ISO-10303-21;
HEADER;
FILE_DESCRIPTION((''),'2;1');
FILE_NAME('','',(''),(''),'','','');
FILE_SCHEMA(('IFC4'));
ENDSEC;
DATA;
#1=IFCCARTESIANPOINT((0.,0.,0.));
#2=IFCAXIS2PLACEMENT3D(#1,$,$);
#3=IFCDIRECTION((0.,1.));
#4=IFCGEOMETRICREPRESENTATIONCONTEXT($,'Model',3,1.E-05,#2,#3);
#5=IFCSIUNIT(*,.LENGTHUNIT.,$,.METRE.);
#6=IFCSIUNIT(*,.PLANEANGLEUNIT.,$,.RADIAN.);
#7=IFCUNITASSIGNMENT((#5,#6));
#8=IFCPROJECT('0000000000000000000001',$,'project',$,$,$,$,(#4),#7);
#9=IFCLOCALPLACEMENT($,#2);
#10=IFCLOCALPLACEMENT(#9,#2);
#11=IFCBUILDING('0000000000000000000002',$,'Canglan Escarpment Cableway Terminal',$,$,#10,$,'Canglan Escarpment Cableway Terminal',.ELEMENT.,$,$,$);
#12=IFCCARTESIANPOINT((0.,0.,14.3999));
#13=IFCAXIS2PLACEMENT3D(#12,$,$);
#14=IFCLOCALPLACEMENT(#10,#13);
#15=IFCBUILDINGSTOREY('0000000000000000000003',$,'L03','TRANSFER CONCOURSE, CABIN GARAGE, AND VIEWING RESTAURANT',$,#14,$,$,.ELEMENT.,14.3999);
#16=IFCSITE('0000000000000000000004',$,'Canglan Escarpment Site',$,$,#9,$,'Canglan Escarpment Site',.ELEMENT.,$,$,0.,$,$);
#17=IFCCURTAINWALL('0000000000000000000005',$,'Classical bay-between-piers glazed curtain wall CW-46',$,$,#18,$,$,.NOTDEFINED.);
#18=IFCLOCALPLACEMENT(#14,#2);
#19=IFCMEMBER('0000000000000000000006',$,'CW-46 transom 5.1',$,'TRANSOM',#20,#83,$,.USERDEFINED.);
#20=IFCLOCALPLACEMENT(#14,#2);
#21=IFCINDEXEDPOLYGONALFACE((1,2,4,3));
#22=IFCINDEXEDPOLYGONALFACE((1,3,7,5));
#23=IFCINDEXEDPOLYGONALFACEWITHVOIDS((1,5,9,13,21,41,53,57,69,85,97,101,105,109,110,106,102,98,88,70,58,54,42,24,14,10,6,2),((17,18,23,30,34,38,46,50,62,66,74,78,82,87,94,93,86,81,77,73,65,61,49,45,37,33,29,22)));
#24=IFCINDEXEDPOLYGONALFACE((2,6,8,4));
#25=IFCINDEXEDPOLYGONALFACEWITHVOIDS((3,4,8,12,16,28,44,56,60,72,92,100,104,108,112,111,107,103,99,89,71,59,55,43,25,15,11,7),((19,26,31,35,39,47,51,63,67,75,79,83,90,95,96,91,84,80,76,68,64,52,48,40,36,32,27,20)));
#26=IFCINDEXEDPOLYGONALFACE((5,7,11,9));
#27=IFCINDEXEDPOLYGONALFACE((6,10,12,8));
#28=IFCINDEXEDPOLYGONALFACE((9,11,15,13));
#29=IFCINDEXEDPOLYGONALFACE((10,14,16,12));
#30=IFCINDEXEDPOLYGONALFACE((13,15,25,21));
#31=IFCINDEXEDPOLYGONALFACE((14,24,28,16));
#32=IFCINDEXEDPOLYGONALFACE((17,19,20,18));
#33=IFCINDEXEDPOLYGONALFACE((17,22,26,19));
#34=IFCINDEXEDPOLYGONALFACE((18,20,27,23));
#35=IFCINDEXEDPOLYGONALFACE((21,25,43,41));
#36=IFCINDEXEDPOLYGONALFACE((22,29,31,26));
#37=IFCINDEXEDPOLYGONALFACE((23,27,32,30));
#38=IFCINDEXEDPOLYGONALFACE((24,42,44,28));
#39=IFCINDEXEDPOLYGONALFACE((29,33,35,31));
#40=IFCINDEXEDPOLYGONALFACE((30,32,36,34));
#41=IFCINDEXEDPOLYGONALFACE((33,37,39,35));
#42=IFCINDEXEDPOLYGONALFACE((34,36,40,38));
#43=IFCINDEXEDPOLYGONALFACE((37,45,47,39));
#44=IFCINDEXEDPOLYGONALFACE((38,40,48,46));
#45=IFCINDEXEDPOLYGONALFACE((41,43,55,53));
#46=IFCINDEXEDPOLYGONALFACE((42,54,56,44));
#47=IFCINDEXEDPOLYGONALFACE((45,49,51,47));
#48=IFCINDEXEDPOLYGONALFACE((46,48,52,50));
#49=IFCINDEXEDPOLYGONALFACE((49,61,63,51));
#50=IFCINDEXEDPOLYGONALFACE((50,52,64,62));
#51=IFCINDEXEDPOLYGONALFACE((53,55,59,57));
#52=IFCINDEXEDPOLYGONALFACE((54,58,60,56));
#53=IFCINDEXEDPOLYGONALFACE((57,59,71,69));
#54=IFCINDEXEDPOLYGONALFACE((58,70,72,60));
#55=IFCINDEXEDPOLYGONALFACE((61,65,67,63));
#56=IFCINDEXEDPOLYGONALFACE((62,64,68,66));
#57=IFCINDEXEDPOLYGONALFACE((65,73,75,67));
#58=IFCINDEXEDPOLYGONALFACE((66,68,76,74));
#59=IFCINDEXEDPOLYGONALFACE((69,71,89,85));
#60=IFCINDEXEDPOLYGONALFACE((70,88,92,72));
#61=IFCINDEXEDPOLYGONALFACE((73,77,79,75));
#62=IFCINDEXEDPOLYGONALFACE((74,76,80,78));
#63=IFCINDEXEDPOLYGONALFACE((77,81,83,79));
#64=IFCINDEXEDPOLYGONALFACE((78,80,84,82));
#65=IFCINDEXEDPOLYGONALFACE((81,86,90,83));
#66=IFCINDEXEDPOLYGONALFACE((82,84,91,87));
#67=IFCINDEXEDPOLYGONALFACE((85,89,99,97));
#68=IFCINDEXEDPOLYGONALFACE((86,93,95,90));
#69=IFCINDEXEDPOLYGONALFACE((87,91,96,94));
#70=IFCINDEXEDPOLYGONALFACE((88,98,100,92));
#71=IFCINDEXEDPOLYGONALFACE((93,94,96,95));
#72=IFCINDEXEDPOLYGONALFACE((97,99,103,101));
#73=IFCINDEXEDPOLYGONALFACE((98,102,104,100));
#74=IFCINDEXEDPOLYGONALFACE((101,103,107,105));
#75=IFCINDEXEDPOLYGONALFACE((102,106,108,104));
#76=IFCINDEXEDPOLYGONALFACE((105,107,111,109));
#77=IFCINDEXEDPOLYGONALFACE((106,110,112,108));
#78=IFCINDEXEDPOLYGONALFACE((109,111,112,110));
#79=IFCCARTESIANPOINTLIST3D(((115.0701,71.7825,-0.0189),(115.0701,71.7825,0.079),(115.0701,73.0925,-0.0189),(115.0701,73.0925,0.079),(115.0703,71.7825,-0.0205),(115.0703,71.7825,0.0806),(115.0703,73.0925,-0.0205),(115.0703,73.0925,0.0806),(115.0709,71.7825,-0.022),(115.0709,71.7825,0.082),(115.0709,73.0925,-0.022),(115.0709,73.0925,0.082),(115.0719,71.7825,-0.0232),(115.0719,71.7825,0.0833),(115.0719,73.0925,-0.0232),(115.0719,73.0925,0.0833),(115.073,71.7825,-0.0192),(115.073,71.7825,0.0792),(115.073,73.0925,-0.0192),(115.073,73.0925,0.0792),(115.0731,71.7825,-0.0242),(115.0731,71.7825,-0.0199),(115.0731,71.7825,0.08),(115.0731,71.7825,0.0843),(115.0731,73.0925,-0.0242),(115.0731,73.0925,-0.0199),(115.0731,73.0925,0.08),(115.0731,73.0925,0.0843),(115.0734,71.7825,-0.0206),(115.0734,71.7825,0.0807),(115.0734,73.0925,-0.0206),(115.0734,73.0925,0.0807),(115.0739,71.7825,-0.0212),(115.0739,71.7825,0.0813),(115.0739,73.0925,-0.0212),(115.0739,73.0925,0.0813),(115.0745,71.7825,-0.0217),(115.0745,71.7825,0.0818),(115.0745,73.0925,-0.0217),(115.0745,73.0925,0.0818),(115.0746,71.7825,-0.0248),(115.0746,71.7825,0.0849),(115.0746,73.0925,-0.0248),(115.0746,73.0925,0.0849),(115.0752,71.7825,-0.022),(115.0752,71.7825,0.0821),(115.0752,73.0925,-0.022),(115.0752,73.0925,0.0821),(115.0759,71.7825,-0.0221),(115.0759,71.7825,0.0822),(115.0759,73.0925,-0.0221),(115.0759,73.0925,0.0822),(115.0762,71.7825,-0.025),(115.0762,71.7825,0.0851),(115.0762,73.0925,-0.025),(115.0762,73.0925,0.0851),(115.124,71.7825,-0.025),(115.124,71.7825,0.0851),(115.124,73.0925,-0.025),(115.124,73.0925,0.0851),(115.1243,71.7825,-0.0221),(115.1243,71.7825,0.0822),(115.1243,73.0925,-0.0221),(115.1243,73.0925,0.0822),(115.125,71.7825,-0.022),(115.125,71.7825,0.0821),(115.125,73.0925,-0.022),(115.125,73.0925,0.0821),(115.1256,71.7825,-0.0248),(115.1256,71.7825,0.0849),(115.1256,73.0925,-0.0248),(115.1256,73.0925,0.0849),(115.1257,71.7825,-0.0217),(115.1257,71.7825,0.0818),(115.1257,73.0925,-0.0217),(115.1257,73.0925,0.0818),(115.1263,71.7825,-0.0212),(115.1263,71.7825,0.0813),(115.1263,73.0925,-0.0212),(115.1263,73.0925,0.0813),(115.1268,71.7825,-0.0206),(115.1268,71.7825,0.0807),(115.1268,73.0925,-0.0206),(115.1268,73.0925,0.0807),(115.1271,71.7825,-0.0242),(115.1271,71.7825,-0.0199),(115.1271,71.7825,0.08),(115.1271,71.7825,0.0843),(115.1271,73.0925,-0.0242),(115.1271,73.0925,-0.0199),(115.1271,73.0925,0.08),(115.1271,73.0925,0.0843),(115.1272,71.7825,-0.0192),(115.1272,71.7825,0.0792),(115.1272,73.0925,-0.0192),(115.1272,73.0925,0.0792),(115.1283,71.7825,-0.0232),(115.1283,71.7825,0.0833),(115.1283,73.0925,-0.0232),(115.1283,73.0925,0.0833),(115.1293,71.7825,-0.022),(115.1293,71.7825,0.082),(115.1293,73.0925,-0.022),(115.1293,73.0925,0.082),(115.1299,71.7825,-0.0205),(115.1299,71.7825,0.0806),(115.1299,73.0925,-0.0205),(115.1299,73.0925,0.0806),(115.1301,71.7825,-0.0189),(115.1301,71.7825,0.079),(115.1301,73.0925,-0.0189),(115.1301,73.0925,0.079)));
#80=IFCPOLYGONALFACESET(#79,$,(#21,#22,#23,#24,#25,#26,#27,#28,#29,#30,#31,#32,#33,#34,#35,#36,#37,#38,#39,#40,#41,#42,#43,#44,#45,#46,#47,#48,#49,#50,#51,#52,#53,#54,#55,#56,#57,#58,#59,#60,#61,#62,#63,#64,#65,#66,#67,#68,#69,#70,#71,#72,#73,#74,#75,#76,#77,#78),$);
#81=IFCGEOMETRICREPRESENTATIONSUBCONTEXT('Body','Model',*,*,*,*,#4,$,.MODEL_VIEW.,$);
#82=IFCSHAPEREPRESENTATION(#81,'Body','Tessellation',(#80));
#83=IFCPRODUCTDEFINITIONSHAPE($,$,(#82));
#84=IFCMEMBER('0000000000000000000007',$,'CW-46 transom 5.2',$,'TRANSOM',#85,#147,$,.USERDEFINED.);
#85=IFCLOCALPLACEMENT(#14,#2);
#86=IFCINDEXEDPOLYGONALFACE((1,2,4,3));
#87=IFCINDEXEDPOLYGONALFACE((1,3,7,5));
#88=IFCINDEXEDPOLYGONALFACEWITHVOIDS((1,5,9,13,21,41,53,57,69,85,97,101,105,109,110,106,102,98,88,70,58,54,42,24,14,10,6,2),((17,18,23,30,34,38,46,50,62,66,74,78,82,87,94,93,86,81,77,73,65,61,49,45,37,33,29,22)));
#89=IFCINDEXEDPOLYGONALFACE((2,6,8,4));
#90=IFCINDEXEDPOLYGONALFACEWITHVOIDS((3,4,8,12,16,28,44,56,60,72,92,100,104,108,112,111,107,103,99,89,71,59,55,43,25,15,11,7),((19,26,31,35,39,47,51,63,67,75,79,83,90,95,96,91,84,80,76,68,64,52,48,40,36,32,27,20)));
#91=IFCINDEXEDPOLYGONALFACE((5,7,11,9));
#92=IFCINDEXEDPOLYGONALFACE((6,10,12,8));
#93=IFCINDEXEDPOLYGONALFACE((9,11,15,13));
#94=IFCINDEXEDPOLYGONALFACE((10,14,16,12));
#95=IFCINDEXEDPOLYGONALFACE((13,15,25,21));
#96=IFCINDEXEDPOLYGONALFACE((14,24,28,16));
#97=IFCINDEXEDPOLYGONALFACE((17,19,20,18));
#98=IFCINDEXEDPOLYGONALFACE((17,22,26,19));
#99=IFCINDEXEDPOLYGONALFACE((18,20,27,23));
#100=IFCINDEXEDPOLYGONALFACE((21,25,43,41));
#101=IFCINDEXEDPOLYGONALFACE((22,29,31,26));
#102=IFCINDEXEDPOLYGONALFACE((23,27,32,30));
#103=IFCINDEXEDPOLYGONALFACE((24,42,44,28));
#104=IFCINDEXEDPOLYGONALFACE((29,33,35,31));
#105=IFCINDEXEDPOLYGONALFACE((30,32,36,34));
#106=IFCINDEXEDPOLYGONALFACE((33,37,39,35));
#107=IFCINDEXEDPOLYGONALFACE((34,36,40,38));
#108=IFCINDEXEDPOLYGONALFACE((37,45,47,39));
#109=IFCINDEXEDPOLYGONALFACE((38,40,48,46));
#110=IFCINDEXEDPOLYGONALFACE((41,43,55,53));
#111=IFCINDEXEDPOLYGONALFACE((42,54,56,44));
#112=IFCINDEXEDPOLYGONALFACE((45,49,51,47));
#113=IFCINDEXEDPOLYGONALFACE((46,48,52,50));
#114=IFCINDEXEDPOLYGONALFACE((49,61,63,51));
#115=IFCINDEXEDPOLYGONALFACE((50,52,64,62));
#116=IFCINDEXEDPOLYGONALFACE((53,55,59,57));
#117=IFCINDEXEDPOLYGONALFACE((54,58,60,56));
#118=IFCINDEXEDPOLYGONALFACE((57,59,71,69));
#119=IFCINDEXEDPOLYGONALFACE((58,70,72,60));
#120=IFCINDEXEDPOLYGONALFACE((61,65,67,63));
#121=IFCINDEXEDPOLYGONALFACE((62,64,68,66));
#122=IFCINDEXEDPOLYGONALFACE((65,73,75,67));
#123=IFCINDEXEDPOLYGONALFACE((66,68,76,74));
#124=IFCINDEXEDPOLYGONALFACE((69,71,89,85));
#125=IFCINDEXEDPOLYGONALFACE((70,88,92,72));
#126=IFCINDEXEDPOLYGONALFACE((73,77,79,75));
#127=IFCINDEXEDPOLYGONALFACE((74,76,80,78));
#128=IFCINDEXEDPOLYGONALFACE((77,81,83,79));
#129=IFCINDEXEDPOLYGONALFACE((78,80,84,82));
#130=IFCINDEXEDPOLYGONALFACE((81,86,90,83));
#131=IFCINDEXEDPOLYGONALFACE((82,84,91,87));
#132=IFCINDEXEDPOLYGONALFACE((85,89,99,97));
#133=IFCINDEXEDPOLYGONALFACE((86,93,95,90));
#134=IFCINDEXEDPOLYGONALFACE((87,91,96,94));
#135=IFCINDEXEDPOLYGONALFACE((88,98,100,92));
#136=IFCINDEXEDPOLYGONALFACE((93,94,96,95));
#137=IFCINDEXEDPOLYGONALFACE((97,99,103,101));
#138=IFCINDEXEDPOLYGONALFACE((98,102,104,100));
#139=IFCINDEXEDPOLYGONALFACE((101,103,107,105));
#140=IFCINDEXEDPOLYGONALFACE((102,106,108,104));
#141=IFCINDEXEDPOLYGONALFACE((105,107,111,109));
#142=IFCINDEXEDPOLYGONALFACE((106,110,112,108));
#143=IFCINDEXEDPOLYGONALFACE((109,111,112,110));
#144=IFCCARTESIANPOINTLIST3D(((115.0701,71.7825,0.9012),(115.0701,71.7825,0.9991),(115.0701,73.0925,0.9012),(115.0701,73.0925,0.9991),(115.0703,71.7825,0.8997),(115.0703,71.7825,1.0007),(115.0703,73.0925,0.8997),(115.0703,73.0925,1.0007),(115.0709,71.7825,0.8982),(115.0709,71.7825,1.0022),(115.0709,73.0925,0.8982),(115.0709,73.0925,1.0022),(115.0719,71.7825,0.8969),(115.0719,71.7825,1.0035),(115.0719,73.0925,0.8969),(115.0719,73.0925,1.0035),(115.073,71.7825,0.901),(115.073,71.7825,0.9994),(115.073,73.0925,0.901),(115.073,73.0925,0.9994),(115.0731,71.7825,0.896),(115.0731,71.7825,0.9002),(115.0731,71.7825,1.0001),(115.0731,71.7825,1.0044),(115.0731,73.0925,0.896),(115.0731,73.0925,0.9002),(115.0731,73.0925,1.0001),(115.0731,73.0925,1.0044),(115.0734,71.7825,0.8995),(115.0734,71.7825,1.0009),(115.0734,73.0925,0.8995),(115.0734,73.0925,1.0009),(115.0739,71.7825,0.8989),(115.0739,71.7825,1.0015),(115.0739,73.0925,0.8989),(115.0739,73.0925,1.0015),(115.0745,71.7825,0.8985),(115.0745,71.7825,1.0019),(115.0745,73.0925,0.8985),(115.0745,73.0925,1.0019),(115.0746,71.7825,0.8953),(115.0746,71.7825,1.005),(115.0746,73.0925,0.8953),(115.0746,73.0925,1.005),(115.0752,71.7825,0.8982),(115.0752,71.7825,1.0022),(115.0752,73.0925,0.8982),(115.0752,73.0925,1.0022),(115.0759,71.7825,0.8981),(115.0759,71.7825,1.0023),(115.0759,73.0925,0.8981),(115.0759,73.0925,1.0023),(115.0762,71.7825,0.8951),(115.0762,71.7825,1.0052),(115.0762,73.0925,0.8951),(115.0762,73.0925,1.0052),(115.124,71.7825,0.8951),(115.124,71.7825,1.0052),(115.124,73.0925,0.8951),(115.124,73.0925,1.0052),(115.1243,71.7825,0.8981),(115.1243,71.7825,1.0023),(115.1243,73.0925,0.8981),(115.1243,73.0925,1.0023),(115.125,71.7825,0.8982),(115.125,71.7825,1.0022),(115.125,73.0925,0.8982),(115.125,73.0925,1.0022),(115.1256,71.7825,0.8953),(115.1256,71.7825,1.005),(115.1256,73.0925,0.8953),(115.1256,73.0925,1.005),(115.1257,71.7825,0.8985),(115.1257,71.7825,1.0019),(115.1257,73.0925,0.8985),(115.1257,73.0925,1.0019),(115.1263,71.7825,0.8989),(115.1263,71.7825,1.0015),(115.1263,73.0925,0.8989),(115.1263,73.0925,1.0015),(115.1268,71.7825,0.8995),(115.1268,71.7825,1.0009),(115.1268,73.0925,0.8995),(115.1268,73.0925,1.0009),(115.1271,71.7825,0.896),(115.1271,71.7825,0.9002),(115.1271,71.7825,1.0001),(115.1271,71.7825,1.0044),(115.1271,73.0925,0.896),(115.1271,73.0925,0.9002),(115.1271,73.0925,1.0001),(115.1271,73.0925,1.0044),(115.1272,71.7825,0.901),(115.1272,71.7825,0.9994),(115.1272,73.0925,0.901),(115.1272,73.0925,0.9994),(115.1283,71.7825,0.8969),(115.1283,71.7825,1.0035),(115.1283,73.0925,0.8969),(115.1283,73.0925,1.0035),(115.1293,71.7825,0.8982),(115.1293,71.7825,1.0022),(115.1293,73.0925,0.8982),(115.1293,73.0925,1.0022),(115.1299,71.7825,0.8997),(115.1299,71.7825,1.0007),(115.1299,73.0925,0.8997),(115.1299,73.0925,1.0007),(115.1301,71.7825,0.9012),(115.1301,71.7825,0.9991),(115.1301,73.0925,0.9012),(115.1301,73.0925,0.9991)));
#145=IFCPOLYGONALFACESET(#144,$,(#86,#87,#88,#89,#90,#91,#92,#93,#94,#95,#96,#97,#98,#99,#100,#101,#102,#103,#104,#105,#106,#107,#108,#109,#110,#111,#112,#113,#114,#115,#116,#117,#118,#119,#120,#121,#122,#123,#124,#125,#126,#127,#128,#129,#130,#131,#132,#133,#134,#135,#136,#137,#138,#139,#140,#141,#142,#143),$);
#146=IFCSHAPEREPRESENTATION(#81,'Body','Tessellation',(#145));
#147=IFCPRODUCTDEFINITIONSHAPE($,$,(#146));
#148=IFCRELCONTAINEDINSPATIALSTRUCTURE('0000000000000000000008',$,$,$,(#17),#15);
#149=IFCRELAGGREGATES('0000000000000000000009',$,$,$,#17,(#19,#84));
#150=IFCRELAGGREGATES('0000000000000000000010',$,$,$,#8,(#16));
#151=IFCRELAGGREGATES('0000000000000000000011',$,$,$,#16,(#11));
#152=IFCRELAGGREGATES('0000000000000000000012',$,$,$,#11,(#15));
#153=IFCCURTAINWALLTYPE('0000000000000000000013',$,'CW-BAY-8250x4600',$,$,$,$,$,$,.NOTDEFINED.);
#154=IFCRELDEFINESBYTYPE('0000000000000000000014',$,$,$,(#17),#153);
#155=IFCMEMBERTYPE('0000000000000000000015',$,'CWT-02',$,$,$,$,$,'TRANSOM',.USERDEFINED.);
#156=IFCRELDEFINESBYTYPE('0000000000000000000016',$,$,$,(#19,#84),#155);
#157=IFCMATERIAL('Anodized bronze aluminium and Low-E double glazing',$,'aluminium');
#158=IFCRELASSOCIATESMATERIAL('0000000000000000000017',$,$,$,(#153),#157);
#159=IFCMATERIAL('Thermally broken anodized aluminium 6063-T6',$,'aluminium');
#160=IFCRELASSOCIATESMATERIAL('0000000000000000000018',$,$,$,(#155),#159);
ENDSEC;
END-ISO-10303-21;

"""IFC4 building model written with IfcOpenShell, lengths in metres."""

from ifc_helpers import new_model, si_unit, direction, frame, origin, origin_2d, place, context, subcontext, project, spatial, hollow_rectangle, extrude, material, material_profile, profile_set, type_object, element, aggregate, save


model = new_model("IFC4")

# Units and contexts
model_context = context("Model", 3, precision=1e-05, world=origin(), true_north=direction((0.0, 1.0)))
body_context = subcontext(model_context, "Body", "Model", "MODEL_VIEW")
ifc_project = project(units=[si_unit("LENGTHUNIT", "METRE"), si_unit("PLANEANGLEUNIT", "RADIAN")], contexts=[model_context])

# Site, building, storey
site_placement = place(None, origin())
site = spatial("IfcSite", under=ifc_project, at=site_placement, Name="Canglan Escarpment Site", LongName="Canglan Escarpment Site", CompositionType="ELEMENT", RefElevation=0.0)
building_placement = place(site_placement, origin())
building = spatial("IfcBuilding", under=site, at=building_placement, Name="Canglan Escarpment Cableway Terminal", LongName="Canglan Escarpment Cableway Terminal", CompositionType="ELEMENT")
storey_placement = place(building_placement, frame((0.0, 0.0, 14.3999)))
storey = spatial("IfcBuildingStorey", under=building, at=storey_placement, Name="L03", Description="TRANSFER CONCOURSE, CABIN GARAGE, AND VIEWING RESTAURANT", CompositionType="ELEMENT", Elevation=14.3999)

# Curtain wall, members
ifc_material_1 = material(Name="Anodized bronze aluminium and Low-E double glazing", Category="aluminium")
curtain_wall_type = type_object("IfcCurtainWallType", Name="CW-BAY-8250x4600", PredefinedType="NOTDEFINED", material=ifc_material_1)
curtain_wall_placement = place(storey_placement, origin())
curtain_wall = element("IfcCurtainWall", 1, at=curtain_wall_placement, inside=storey, type_object=curtain_wall_type, Name="Classical bay-between-piers glazed curtain wall CW-46", PredefinedType="NOTDEFINED")
ifc_material_2 = material(Name="Thermally broken anodized aluminium 6063-T6", Category="aluminium")
ifc_material_profile_1 = material_profile(ifc_material_2, hollow_rectangle(XDim=0.0601, YDim=0.1101, WallThickness=0.0029, InnerFilletRadius=0.0029, OuterFilletRadius=0.0061, at=origin_2d()), Name="ALU-TRAN 60x110x3")
ifc_profile_set_1 = profile_set([ifc_material_profile_1], Name="Thermally broken anodized aluminium 6063-T6")
member_type_1 = type_object("IfcMemberType", Name="CWT-02", ElementType="TRANSOM", PredefinedType="USERDEFINED", material=ifc_profile_set_1)
member_1_placement = place(storey_placement, frame((115.1001, 73.0925, 0.03), z_axis=(0.0, -1.0, 0.0), x_axis=(1.0, 0.0, 0.0)))
member_1 = element("IfcMember", 2, at=member_1_placement, type_object=member_type_1, Name="CW-46 transom 5.1", ObjectType="TRANSOM", PredefinedType="USERDEFINED", context=body_context, shape_type="SweptSolid", body=[
    extrude(hollow_rectangle(XDim=0.0601, YDim=0.1101, WallThickness=0.0029, InnerFilletRadius=0.0029, OuterFilletRadius=0.0061, at=origin_2d()), origin(), (0.0, 0.0, 1.0), 1.3101),
])
member_2_placement = place(storey_placement, frame((115.1001, 73.0925, 0.9502), z_axis=(0.0, -1.0, 0.0), x_axis=(1.0, 0.0, 0.0)))
member_2 = element("IfcMember", 3, at=member_2_placement, type_object=member_type_1, Name="CW-46 transom 5.2", ObjectType="TRANSOM", PredefinedType="USERDEFINED", context=body_context, shape_type="SweptSolid", body=[
    extrude(hollow_rectangle(XDim=0.0601, YDim=0.1101, WallThickness=0.0029, InnerFilletRadius=0.0029, OuterFilletRadius=0.0061, at=origin_2d()), origin(), (0.0, 0.0, 1.0), 1.3101),
])

aggregate(curtain_wall, [member_1, member_2])

save(model, "model.ifc")
